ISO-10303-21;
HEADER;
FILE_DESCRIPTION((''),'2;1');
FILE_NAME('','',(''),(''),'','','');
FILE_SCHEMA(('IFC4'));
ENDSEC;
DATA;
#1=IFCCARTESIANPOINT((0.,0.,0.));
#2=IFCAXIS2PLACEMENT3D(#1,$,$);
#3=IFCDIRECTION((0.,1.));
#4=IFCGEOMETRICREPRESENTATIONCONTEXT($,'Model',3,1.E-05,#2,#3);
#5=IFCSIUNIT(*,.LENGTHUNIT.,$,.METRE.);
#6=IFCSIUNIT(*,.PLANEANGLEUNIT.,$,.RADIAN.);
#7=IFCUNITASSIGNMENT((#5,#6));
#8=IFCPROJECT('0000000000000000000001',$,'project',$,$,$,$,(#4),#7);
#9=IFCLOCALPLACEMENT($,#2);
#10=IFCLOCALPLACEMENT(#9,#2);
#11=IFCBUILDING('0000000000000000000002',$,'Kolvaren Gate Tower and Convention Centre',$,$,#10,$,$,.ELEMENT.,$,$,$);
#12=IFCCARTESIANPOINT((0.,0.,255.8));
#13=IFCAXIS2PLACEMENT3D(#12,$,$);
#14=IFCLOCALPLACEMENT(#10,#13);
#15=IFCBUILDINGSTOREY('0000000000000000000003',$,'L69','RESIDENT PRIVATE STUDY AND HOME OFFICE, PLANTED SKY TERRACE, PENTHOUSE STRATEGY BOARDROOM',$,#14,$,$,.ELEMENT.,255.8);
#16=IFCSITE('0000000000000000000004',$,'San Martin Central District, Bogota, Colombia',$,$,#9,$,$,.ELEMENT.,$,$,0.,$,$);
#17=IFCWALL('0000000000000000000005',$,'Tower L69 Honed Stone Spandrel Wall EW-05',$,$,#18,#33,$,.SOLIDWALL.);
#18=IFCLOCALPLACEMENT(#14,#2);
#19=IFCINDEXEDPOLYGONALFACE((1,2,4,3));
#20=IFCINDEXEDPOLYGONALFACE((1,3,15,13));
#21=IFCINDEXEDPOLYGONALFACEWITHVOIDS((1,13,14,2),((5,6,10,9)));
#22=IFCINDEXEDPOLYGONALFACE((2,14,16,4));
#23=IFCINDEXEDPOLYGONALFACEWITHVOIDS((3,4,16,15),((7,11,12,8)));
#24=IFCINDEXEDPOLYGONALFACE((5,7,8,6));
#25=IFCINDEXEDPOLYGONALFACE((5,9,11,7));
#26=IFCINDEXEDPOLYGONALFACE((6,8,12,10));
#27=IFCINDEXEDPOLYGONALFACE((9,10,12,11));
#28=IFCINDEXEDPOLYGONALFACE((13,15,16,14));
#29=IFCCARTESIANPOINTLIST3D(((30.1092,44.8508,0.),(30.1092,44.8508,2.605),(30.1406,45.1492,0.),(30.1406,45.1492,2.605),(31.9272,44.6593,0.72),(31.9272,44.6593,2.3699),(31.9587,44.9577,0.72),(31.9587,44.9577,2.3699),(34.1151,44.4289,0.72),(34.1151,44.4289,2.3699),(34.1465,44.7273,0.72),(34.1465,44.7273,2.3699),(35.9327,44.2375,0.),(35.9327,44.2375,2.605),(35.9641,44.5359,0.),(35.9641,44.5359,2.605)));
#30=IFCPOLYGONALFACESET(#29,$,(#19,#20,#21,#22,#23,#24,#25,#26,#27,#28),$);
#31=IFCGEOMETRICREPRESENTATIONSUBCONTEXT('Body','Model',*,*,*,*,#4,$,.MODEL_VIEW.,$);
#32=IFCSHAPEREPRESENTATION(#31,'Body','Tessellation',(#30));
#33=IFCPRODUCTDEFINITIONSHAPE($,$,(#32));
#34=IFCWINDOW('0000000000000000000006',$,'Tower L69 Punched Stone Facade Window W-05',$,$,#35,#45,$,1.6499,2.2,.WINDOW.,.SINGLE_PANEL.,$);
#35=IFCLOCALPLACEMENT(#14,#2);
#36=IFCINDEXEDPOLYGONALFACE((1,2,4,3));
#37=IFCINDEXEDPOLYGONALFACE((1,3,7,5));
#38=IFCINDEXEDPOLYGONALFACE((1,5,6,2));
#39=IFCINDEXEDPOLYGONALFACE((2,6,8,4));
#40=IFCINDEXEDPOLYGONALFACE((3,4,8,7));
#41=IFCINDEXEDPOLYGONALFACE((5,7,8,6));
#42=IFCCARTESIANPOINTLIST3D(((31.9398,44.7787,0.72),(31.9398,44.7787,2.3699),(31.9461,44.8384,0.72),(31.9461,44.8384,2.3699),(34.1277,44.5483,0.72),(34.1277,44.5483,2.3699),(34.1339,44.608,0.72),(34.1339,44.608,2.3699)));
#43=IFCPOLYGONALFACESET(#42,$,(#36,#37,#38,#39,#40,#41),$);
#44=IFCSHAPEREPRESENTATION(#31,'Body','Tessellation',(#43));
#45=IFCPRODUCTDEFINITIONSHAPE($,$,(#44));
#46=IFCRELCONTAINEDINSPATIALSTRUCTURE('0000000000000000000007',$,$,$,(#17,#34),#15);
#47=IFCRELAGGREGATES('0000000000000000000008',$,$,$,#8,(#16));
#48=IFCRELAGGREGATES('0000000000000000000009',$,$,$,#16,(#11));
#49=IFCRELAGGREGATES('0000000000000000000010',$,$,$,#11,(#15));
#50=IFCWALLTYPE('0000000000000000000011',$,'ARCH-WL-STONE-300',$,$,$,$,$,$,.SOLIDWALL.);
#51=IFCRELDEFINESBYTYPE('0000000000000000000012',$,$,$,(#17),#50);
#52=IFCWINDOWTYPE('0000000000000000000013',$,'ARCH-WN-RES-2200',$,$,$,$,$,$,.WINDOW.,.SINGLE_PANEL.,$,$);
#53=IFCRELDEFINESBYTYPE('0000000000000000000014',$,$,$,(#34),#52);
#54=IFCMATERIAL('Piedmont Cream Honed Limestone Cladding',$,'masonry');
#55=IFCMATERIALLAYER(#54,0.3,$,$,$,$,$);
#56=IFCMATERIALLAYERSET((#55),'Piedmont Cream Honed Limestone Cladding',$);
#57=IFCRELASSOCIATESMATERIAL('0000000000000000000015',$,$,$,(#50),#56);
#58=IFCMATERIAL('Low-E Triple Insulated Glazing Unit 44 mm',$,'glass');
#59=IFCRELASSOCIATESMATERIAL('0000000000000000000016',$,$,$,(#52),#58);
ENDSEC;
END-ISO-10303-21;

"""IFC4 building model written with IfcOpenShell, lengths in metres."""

from ifc_helpers import new_model, si_unit, direction, frame, frame_2d, origin, place, context, subcontext, project, spatial, rectangle, extrude, material, layer, layer_set, type_object, element, fill, save


model = new_model("IFC4")

# Units and contexts
model_context = context("Model", 3, precision=1e-05, world=origin(), true_north=direction((0.0, 1.0)))
body_context = subcontext(model_context, "Body", "Model", "MODEL_VIEW")
ifc_project = project(units=[si_unit("LENGTHUNIT", "METRE"), si_unit("PLANEANGLEUNIT", "RADIAN")], contexts=[model_context])

# Site, building, storey
site_placement = place(None, origin())
site = spatial("IfcSite", under=ifc_project, at=site_placement, Name="San Martin Central District, Bogota, Colombia", CompositionType="ELEMENT", RefElevation=0.0)
building_placement = place(site_placement, origin())
building = spatial("IfcBuilding", under=site, at=building_placement, Name="Kolvaren Gate Tower and Convention Centre", CompositionType="ELEMENT")
storey_placement = place(building_placement, frame((0.0, 0.0, 255.8)))
storey = spatial("IfcBuildingStorey", under=building, at=storey_placement, Name="L69", Description="RESIDENT PRIVATE STUDY AND HOME OFFICE, PLANTED SKY TERRACE, PENTHOUSE STRATEGY BOARDROOM", CompositionType="ELEMENT", Elevation=255.8)

# Wall, opening, window
ifc_material_1 = material(Name="Piedmont Cream Honed Limestone Cladding", Category="masonry")
ifc_layer_1 = layer(ifc_material_1, 0.3)
ifc_layer_set_1 = layer_set([ifc_layer_1], Name="Piedmont Cream Honed Limestone Cladding")
wall_type_1 = type_object("IfcWallType", Name="ARCH-WL-STONE-300", PredefinedType="SOLIDWALL", material=ifc_layer_set_1)
ifc_material_2 = material(Name="Low-E Triple Insulated Glazing Unit 44 mm", Category="glass")
window_type = type_object("IfcWindowType", Name="ARCH-WN-RES-2200", PartitioningType="SINGLE_PANEL", PredefinedType="WINDOW", material=ifc_material_2)
wall_1_placement = place(storey_placement, frame((30.125, 45.0, 0.0), z_axis=(0.0, 0.0, 1.0), x_axis=(0.9945, -0.104733, 0.0)))
wall_1 = element("IfcWall", 1, at=wall_1_placement, inside=storey, type_object=wall_type_1, Name="Tower L69 Honed Stone Spandrel Wall EW-05", PredefinedType="SOLIDWALL", context=body_context, shape_type="SweptSolid", body=[
    extrude(rectangle(XDim=5.8557, YDim=0.3, at=frame_2d((2.9277, 0.0))), origin(), (0.0, 0.0, 1.0), 2.605),
])
opening_1_placement = place(wall_1_placement, frame((1.8279, 0.0, 0.72)))
opening_1 = element("IfcOpeningElement", 2, at=opening_1_placement, cuts=wall_1, PredefinedType="OPENING", context=body_context, shape_type="SweptSolid", body=[
    extrude(rectangle(XDim=2.2, YDim=1.6499, at=frame_2d((1.1001, 0.825))), frame((0.0, 0.1599, 0.0), z_axis=(0.0, -1.0, 0.0), x_axis=(1.0, 0.0, 0.0)), (0.0, 0.0, 1.0), 0.3201),
])
window_1_placement = place(opening_1_placement, origin())
window_1 = element("IfcWindow", 3, at=window_1_placement, inside=storey, type_object=window_type, Name="Tower L69 Punched Stone Facade Window W-05", OverallHeight=1.6499, OverallWidth=2.2, PartitioningType="SINGLE_PANEL", PredefinedType="WINDOW", context=body_context, shape_type="SweptSolid", body=[
    extrude(rectangle(XDim=2.2, YDim=1.6499, at=frame_2d((1.1001, 0.825))), frame((0.0, 0.03, 0.0), z_axis=(0.0, -1.0, 0.0), x_axis=(1.0, 0.0, 0.0)), (0.0, 0.0, 1.0), 0.0601),
])
fill(opening_1, window_1)

save(model, "model.ifc")
